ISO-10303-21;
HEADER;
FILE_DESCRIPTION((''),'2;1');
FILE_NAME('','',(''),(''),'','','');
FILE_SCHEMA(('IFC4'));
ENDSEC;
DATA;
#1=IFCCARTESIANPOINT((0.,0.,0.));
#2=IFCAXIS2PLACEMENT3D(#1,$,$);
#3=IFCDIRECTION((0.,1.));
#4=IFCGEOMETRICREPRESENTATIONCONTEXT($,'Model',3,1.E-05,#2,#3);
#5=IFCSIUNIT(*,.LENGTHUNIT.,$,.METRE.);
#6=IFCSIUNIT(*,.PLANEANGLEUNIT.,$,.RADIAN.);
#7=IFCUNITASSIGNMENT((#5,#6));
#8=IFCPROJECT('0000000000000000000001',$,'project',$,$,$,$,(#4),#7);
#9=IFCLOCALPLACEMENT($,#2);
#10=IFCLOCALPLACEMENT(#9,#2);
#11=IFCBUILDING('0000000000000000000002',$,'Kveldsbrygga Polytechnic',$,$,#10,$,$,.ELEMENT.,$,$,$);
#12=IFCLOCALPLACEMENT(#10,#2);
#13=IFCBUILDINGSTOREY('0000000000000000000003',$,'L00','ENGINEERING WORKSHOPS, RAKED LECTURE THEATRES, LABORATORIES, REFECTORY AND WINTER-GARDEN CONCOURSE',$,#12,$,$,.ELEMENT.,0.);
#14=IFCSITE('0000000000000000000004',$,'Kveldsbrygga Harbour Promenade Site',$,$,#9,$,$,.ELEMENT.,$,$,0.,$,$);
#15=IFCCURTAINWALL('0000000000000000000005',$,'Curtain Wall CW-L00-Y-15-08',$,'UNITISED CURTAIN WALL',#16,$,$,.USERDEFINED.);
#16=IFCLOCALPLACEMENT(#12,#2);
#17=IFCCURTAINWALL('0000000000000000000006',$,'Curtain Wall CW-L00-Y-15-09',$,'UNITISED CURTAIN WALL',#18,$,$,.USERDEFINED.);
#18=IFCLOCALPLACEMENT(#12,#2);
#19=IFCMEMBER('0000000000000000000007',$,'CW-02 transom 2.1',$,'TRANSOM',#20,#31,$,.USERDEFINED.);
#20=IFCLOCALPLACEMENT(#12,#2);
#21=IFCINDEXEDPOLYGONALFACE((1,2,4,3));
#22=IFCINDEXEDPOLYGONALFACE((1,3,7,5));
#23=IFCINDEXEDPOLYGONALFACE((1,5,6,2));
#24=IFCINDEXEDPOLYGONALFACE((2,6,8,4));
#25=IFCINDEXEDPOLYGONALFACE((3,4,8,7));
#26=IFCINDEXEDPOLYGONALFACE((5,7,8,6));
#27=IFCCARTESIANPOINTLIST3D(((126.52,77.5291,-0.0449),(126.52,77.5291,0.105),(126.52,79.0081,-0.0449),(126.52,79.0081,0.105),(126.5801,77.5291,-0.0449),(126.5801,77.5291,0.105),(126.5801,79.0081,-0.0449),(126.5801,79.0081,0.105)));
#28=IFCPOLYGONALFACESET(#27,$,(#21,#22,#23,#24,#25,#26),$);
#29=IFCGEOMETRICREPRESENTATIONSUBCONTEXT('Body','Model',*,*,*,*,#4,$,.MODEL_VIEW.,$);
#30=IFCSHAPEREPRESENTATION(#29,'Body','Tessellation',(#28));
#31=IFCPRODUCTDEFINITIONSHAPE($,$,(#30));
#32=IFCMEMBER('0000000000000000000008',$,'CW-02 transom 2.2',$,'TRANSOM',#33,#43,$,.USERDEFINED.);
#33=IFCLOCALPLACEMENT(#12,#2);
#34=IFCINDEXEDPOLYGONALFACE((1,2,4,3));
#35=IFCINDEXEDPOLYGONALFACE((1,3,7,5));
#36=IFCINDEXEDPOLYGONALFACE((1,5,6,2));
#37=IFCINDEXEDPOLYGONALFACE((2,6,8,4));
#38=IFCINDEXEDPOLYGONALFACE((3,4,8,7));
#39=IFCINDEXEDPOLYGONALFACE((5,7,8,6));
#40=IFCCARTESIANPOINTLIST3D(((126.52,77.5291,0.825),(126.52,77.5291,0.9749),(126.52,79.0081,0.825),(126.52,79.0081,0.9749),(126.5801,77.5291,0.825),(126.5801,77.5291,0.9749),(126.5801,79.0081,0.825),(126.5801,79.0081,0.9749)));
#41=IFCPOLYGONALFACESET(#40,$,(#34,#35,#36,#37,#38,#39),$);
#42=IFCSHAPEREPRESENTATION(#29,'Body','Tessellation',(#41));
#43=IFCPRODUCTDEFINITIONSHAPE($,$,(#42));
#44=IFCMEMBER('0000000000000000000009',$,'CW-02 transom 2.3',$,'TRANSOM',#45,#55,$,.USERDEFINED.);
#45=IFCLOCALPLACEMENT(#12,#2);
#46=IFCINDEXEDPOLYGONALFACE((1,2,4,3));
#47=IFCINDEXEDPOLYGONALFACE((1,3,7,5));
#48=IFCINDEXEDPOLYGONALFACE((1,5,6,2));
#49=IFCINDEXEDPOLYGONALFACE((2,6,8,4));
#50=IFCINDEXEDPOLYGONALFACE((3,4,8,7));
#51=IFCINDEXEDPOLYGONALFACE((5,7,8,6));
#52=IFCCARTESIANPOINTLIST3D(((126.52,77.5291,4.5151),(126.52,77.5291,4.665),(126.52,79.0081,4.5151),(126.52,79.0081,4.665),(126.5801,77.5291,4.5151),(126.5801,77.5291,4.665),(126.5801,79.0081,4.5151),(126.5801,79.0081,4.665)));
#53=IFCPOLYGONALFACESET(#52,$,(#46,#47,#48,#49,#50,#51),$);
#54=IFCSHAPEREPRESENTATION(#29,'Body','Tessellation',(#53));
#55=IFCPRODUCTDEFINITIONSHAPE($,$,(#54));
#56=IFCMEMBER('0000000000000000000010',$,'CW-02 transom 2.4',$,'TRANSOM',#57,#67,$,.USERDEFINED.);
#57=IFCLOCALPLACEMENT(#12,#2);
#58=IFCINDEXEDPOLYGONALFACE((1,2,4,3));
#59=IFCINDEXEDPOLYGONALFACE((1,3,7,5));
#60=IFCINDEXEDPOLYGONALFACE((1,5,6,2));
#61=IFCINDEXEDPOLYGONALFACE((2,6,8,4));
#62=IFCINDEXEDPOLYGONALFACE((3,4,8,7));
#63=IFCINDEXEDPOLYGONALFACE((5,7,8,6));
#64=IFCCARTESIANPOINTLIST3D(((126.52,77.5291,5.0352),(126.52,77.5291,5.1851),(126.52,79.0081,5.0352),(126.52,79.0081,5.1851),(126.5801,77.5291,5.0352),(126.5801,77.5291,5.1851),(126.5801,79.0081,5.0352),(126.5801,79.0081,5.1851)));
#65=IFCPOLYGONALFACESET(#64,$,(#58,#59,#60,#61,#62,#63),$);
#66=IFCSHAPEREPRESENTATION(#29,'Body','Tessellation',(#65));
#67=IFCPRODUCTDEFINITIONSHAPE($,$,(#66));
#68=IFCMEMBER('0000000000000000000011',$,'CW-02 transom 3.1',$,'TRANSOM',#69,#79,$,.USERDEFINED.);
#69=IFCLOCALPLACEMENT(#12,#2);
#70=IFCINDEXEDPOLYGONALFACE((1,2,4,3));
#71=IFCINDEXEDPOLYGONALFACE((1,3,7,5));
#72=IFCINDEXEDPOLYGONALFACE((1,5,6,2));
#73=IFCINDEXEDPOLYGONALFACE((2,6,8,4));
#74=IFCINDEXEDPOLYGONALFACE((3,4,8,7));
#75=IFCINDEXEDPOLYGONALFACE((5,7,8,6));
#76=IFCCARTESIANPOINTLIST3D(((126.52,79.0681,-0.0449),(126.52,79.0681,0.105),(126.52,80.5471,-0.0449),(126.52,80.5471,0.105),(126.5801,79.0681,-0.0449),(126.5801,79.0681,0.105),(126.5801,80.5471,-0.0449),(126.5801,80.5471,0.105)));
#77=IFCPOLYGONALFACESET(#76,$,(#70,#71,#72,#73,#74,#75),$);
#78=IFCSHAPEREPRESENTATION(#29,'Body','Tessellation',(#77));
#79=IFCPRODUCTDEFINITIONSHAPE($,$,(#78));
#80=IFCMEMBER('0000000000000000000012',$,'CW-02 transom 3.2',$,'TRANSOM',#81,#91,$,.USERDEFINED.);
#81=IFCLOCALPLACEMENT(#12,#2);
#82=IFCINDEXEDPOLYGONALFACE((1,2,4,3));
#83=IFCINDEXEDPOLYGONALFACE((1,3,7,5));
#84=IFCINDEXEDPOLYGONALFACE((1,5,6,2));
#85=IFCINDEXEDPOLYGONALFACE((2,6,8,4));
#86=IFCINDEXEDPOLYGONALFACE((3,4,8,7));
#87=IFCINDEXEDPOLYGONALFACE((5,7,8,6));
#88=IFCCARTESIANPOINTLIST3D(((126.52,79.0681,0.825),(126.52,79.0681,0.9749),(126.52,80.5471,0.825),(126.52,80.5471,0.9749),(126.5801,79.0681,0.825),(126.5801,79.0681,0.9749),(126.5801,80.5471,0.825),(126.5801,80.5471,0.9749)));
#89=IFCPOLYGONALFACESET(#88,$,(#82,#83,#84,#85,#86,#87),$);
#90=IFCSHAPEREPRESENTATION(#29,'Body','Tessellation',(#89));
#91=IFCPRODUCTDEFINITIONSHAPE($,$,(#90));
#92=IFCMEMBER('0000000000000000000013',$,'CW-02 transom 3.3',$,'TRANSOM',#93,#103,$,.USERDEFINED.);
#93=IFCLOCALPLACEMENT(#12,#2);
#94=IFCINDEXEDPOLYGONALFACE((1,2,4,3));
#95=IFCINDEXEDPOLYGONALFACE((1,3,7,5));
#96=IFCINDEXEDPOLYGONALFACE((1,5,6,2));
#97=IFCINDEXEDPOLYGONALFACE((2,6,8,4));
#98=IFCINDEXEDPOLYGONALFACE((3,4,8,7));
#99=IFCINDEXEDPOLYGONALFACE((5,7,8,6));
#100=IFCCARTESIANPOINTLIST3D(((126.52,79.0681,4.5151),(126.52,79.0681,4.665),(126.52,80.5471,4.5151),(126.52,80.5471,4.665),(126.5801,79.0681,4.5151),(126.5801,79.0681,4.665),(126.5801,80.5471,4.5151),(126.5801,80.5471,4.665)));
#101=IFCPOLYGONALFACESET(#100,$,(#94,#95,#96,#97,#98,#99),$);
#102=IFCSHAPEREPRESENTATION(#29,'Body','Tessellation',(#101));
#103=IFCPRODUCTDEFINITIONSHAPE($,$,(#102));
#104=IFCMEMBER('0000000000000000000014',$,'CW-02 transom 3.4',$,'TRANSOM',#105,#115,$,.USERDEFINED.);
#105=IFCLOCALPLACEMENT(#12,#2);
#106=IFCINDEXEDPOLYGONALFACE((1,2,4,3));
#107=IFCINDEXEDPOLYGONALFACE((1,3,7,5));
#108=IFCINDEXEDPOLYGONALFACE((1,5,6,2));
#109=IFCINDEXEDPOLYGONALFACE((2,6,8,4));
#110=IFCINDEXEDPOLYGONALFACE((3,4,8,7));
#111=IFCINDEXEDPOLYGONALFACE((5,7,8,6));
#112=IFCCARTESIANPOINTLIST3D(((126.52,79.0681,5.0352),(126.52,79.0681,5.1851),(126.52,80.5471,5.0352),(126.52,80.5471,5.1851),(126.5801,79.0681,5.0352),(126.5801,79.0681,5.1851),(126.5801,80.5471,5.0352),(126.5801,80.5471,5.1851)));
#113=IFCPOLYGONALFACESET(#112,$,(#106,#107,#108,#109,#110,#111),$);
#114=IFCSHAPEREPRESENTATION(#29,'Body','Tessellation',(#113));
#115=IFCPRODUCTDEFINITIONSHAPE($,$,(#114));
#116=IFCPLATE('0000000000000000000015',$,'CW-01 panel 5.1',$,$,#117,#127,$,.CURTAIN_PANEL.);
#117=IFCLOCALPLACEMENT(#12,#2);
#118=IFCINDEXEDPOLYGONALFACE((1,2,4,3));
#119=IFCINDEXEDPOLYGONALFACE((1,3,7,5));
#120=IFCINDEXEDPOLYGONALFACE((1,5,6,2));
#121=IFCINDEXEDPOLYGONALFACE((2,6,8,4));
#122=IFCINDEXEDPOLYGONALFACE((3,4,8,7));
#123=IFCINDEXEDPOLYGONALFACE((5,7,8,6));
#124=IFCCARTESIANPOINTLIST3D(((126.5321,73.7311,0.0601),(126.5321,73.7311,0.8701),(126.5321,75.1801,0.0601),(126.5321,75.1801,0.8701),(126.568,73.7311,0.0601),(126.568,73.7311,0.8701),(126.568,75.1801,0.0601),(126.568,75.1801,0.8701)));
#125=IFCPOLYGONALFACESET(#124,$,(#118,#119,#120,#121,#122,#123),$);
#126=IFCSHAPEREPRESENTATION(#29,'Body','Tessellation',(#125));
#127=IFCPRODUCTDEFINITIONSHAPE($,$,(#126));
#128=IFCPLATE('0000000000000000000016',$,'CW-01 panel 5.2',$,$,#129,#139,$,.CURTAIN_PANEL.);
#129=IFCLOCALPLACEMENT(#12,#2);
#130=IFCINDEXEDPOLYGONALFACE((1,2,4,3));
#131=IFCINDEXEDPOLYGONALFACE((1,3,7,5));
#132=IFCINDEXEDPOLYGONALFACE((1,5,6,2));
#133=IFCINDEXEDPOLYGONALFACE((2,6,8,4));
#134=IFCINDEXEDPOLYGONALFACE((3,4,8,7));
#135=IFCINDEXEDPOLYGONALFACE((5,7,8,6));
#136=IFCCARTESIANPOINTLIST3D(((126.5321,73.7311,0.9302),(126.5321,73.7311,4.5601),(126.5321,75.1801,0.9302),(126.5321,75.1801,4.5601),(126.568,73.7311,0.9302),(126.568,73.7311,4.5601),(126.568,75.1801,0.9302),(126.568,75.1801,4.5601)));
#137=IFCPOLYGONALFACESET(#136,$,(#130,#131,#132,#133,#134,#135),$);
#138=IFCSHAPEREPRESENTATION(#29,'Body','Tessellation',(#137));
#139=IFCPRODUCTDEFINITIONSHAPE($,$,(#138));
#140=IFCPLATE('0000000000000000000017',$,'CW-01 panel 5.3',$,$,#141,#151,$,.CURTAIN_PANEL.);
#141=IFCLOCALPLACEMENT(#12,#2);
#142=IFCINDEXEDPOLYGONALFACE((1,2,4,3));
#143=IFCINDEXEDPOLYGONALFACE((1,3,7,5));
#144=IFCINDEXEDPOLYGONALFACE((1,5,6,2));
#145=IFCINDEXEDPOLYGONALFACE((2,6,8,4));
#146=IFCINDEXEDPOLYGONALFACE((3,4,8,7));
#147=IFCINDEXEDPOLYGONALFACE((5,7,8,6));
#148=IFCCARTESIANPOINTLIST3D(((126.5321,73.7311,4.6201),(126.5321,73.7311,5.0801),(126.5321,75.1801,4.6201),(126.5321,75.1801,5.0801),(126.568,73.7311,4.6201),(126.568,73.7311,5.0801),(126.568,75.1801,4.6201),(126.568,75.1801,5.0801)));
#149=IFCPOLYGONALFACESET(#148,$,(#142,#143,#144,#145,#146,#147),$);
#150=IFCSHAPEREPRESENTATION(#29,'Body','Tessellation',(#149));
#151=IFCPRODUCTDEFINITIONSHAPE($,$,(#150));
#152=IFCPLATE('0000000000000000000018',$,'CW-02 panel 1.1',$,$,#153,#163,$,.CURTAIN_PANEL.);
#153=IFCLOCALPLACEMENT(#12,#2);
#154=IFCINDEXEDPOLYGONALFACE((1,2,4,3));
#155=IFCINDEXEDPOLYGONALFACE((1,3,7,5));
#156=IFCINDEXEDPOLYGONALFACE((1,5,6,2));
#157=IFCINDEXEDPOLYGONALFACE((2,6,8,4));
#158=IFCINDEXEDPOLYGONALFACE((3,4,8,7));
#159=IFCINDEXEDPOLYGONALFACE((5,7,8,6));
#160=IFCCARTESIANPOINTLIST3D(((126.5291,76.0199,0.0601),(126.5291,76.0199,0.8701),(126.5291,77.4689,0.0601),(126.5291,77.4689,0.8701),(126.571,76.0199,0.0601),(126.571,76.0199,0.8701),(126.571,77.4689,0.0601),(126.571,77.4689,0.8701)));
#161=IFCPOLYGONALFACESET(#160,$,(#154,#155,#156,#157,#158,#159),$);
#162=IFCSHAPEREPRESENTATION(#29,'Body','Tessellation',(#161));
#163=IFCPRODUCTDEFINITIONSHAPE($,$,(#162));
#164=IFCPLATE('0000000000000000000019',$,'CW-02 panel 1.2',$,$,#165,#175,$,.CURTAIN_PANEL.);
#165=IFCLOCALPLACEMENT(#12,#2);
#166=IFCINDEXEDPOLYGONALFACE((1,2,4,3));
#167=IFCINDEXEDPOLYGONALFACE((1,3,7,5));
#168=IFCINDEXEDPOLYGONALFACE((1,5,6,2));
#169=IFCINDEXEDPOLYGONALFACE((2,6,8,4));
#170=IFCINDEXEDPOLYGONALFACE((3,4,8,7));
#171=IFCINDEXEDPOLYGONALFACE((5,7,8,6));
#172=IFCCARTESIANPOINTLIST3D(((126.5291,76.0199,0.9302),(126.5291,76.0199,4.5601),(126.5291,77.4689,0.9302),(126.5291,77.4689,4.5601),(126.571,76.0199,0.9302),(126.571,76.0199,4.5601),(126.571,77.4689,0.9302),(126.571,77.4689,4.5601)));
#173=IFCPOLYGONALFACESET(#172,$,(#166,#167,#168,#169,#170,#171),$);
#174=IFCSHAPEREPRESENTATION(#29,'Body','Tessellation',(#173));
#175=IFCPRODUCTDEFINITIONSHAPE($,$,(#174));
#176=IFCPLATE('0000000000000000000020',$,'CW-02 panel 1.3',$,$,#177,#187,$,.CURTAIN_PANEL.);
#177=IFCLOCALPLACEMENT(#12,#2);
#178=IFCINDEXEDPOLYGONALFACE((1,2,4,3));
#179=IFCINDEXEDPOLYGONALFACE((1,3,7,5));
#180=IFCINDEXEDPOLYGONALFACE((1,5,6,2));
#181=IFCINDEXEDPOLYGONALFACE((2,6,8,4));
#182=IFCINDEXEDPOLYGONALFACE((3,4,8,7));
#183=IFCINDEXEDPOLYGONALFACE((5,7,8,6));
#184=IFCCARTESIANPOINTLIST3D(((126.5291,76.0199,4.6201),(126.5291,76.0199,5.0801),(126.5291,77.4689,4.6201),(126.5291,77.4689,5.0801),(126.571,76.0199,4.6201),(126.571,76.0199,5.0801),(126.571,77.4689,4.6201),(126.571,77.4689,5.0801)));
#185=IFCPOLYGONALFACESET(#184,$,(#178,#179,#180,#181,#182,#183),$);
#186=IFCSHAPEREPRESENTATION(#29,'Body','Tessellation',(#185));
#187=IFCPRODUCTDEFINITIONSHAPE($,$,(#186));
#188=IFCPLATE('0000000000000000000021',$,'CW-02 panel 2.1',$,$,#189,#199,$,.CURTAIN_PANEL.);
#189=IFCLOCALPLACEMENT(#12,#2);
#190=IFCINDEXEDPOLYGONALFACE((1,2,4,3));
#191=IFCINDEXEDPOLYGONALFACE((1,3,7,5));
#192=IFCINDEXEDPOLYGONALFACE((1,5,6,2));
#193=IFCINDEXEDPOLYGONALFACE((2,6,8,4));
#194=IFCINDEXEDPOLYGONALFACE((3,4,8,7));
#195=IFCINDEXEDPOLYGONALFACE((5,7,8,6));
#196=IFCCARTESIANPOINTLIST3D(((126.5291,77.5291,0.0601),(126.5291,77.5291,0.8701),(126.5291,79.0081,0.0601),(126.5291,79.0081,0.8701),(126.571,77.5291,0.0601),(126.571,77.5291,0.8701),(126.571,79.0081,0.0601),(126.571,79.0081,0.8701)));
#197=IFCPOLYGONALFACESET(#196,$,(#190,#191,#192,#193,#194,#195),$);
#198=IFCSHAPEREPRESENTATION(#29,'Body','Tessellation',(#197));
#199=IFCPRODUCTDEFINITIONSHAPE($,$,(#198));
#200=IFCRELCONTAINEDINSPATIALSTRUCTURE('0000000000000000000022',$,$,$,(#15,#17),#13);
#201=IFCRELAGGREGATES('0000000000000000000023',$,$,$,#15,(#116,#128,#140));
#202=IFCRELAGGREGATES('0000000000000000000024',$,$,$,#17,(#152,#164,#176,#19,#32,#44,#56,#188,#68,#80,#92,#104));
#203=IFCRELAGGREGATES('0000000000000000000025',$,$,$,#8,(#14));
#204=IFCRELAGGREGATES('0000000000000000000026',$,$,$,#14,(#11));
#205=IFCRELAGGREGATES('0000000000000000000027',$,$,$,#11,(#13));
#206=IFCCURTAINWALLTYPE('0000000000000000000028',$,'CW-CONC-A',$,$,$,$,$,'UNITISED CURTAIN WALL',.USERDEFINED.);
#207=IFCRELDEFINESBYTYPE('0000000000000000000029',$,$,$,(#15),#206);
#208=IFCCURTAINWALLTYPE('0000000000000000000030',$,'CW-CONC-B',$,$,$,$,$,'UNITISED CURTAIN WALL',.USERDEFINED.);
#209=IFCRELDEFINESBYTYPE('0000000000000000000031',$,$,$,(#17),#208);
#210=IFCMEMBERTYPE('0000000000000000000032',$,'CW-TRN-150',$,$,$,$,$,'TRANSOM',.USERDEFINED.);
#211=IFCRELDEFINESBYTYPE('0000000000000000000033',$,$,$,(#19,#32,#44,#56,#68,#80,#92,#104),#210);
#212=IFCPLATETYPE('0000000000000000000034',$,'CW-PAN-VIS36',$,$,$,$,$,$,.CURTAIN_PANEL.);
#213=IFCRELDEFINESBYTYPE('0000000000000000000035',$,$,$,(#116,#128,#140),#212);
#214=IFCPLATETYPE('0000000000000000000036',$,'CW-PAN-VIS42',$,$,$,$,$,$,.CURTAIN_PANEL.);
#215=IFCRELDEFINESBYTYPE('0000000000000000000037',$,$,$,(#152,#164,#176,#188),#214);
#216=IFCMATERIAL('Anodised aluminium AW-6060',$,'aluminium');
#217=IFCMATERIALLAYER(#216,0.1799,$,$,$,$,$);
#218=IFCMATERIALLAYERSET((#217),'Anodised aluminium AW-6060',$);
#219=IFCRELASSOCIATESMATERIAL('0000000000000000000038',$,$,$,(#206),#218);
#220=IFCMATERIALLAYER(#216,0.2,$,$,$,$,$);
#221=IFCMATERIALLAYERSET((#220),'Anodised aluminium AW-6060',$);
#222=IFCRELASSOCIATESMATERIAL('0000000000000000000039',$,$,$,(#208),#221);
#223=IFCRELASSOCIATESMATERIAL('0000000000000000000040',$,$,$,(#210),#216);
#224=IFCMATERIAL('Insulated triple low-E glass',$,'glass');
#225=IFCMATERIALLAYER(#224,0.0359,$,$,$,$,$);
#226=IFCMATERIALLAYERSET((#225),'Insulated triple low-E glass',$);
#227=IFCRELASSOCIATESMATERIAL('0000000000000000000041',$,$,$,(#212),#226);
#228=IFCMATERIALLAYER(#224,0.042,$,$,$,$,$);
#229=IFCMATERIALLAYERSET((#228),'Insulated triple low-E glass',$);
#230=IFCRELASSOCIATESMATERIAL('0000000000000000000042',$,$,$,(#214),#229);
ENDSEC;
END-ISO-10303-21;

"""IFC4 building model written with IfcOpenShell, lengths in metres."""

from ifc_helpers import new_model, si_unit, direction, frame, origin, origin_2d, place, context, subcontext, project, spatial, rectangle, extrude, material, layer, layer_set, material_profile, profile_set, type_object, element, aggregate, save


model = new_model("IFC4")

# Units and contexts
model_context = context("Model", 3, precision=1e-05, world=origin(), true_north=direction((0.0, 1.0)))
body_context = subcontext(model_context, "Body", "Model", "MODEL_VIEW")
ifc_project = project(units=[si_unit("LENGTHUNIT", "METRE"), si_unit("PLANEANGLEUNIT", "RADIAN")], contexts=[model_context])

# Site, building, storey
site_placement = place(None, origin())
site = spatial("IfcSite", under=ifc_project, at=site_placement, Name="Kveldsbrygga Harbour Promenade Site", CompositionType="ELEMENT", RefElevation=0.0)
building_placement = place(site_placement, origin())
building = spatial("IfcBuilding", under=site, at=building_placement, Name="Kveldsbrygga Polytechnic", CompositionType="ELEMENT")
storey_placement = place(building_placement, origin())
storey = spatial("IfcBuildingStorey", under=building, at=storey_placement, Name="L00", Description="ENGINEERING WORKSHOPS, RAKED LECTURE THEATRES, LABORATORIES, REFECTORY AND WINTER-GARDEN CONCOURSE", CompositionType="ELEMENT", Elevation=0.0)

# Curtain wall
ifc_material_1 = material(Name="Anodised aluminium AW-6060", Category="aluminium")
ifc_layer_1 = layer(ifc_material_1, 0.1799)
ifc_layer_set_1 = layer_set([ifc_layer_1], Name="Anodised aluminium AW-6060")
curtain_wall_type_1 = type_object("IfcCurtainWallType", Name="CW-CONC-A", ElementType="UNITISED CURTAIN WALL", PredefinedType="USERDEFINED", material=ifc_layer_set_1)
curtain_wall_1_placement = place(storey_placement, origin())
curtain_wall_1 = element("IfcCurtainWall", 1, at=curtain_wall_1_placement, inside=storey, type_object=curtain_wall_type_1, Name="Curtain Wall CW-L00-Y-15-08", ObjectType="UNITISED CURTAIN WALL", PredefinedType="USERDEFINED")

# Curtain wall
ifc_layer_2 = layer(ifc_material_1, 0.2)
ifc_layer_set_2 = layer_set([ifc_layer_2], Name="Anodised aluminium AW-6060")
curtain_wall_type_2 = type_object("IfcCurtainWallType", Name="CW-CONC-B", ElementType="UNITISED CURTAIN WALL", PredefinedType="USERDEFINED", material=ifc_layer_set_2)
curtain_wall_2_placement = place(storey_placement, origin())
curtain_wall_2 = element("IfcCurtainWall", 2, at=curtain_wall_2_placement, inside=storey, type_object=curtain_wall_type_2, Name="Curtain Wall CW-L00-Y-15-09", ObjectType="UNITISED CURTAIN WALL", PredefinedType="USERDEFINED")

# Members
ifc_material_profile_1 = material_profile(ifc_material_1, rectangle(XDim=0.0601, YDim=0.1499, at=origin_2d()), Name="ALU 60x150")
ifc_profile_set_1 = profile_set([ifc_material_profile_1], Name="Anodised aluminium AW-6060")
member_type_1 = type_object("IfcMemberType", Name="CW-TRN-150", ElementType="TRANSOM", PredefinedType="USERDEFINED", material=ifc_profile_set_1)
member_1_placement = place(storey_placement, frame((126.55, 77.5291, 0.03), z_axis=(0.0, 1.0, 0.0), x_axis=(-1.0, 0.0, 0.0)))
member_1 = element("IfcMember", 3, at=member_1_placement, type_object=member_type_1, Name="CW-02 transom 2.1", ObjectType="TRANSOM", PredefinedType="USERDEFINED", context=body_context, shape_type="SweptSolid", body=[
    extrude(rectangle(XDim=0.0601, YDim=0.1499, at=origin_2d()), origin(), (0.0, 0.0, 1.0), 1.479),
])
member_2_placement = place(storey_placement, frame((126.55, 77.5291, 0.8999), z_axis=(0.0, 1.0, 0.0), x_axis=(-1.0, 0.0, 0.0)))
member_2 = element("IfcMember", 4, at=member_2_placement, type_object=member_type_1, Name="CW-02 transom 2.2", ObjectType="TRANSOM", PredefinedType="USERDEFINED", context=body_context, shape_type="SweptSolid", body=[
    extrude(rectangle(XDim=0.0601, YDim=0.1499, at=origin_2d()), origin(), (0.0, 0.0, 1.0), 1.479),
])
member_3_placement = place(storey_placement, frame((126.55, 77.5291, 4.5901), z_axis=(0.0, 1.0, 0.0), x_axis=(-1.0, 0.0, 0.0)))
member_3 = element("IfcMember", 5, at=member_3_placement, type_object=member_type_1, Name="CW-02 transom 2.3", ObjectType="TRANSOM", PredefinedType="USERDEFINED", context=body_context, shape_type="SweptSolid", body=[
    extrude(rectangle(XDim=0.0601, YDim=0.1499, at=origin_2d()), origin(), (0.0, 0.0, 1.0), 1.479),
])
member_4_placement = place(storey_placement, frame((126.55, 77.5291, 5.1101), z_axis=(0.0, 1.0, 0.0), x_axis=(-1.0, 0.0, 0.0)))
member_4 = element("IfcMember", 6, at=member_4_placement, type_object=member_type_1, Name="CW-02 transom 2.4", ObjectType="TRANSOM", PredefinedType="USERDEFINED", context=body_context, shape_type="SweptSolid", body=[
    extrude(rectangle(XDim=0.0601, YDim=0.1499, at=origin_2d()), origin(), (0.0, 0.0, 1.0), 1.479),
])
member_5_placement = place(storey_placement, frame((126.55, 79.0681, 0.03), z_axis=(0.0, 1.0, 0.0), x_axis=(-1.0, 0.0, 0.0)))
member_5 = element("IfcMember", 7, at=member_5_placement, type_object=member_type_1, Name="CW-02 transom 3.1", ObjectType="TRANSOM", PredefinedType="USERDEFINED", context=body_context, shape_type="SweptSolid", body=[
    extrude(rectangle(XDim=0.0601, YDim=0.1499, at=origin_2d()), origin(), (0.0, 0.0, 1.0), 1.479),
])
member_6_placement = place(storey_placement, frame((126.55, 79.0681, 0.8999), z_axis=(0.0, 1.0, 0.0), x_axis=(-1.0, 0.0, 0.0)))
member_6 = element("IfcMember", 8, at=member_6_placement, type_object=member_type_1, Name="CW-02 transom 3.2", ObjectType="TRANSOM", PredefinedType="USERDEFINED", context=body_context, shape_type="SweptSolid", body=[
    extrude(rectangle(XDim=0.0601, YDim=0.1499, at=origin_2d()), origin(), (0.0, 0.0, 1.0), 1.479),
])
member_7_placement = place(storey_placement, frame((126.55, 79.0681, 4.5901), z_axis=(0.0, 1.0, 0.0), x_axis=(-1.0, 0.0, 0.0)))
member_7 = element("IfcMember", 9, at=member_7_placement, type_object=member_type_1, Name="CW-02 transom 3.3", ObjectType="TRANSOM", PredefinedType="USERDEFINED", context=body_context, shape_type="SweptSolid", body=[
    extrude(rectangle(XDim=0.0601, YDim=0.1499, at=origin_2d()), origin(), (0.0, 0.0, 1.0), 1.479),
])
member_8_placement = place(storey_placement, frame((126.55, 79.0681, 5.1101), z_axis=(0.0, 1.0, 0.0), x_axis=(-1.0, 0.0, 0.0)))
member_8 = element("IfcMember", 10, at=member_8_placement, type_object=member_type_1, Name="CW-02 transom 3.4", ObjectType="TRANSOM", PredefinedType="USERDEFINED", context=body_context, shape_type="SweptSolid", body=[
    extrude(rectangle(XDim=0.0601, YDim=0.1499, at=origin_2d()), origin(), (0.0, 0.0, 1.0), 1.479),
])

# Plates
ifc_material_2 = material(Name="Insulated triple low-E glass", Category="glass")
ifc_layer_3 = layer(ifc_material_2, 0.0359)
ifc_layer_set_3 = layer_set([ifc_layer_3], Name="Insulated triple low-E glass")
plate_type_1 = type_object("IfcPlateType", Name="CW-PAN-VIS36", PredefinedType="CURTAIN_PANEL", material=ifc_layer_set_3)
plate_1_placement = place(storey_placement, frame((126.55, 74.4556, 0.0601), z_axis=(0.0, 0.0, 1.0), x_axis=(0.0, 1.0, 0.0)))
plate_1 = element("IfcPlate", 11, at=plate_1_placement, type_object=plate_type_1, Name="CW-01 panel 5.1", PredefinedType="CURTAIN_PANEL", context=body_context, shape_type="SweptSolid", body=[
    extrude(rectangle(XDim=1.449, YDim=0.0359, at=origin_2d()), origin(), (0.0, 0.0, 1.0), 0.8101),
])
plate_2_placement = place(storey_placement, frame((126.55, 74.4556, 0.9302), z_axis=(0.0, 0.0, 1.0), x_axis=(0.0, 1.0, 0.0)))
plate_2 = element("IfcPlate", 12, at=plate_2_placement, type_object=plate_type_1, Name="CW-01 panel 5.2", PredefinedType="CURTAIN_PANEL", context=body_context, shape_type="SweptSolid", body=[
    extrude(rectangle(XDim=1.449, YDim=0.0359, at=origin_2d()), origin(), (0.0, 0.0, 1.0), 3.6299),
])
plate_3_placement = place(storey_placement, frame((126.55, 74.4556, 4.6201), z_axis=(0.0, 0.0, 1.0), x_axis=(0.0, 1.0, 0.0)))
plate_3 = element("IfcPlate", 13, at=plate_3_placement, type_object=plate_type_1, Name="CW-01 panel 5.3", PredefinedType="CURTAIN_PANEL", context=body_context, shape_type="SweptSolid", body=[
    extrude(rectangle(XDim=1.449, YDim=0.0359, at=origin_2d()), origin(), (0.0, 0.0, 1.0), 0.46),
])
aggregate(curtain_wall_1, [plate_1, plate_2, plate_3])
ifc_layer_4 = layer(ifc_material_2, 0.042)
ifc_layer_set_4 = layer_set([ifc_layer_4], Name="Insulated triple low-E glass")
plate_type_2 = type_object("IfcPlateType", Name="CW-PAN-VIS42", PredefinedType="CURTAIN_PANEL", material=ifc_layer_set_4)
plate_4_placement = place(storey_placement, frame((126.55, 76.7444, 0.0601), z_axis=(0.0, 0.0, 1.0), x_axis=(0.0, 1.0, 0.0)))
plate_4 = element("IfcPlate", 14, at=plate_4_placement, type_object=plate_type_2, Name="CW-02 panel 1.1", PredefinedType="CURTAIN_PANEL", context=body_context, shape_type="SweptSolid", body=[
    extrude(rectangle(XDim=1.449, YDim=0.042, at=origin_2d()), origin(), (0.0, 0.0, 1.0), 0.8101),
])
plate_5_placement = place(storey_placement, frame((126.55, 76.7444, 0.9302), z_axis=(0.0, 0.0, 1.0), x_axis=(0.0, 1.0, 0.0)))
plate_5 = element("IfcPlate", 15, at=plate_5_placement, type_object=plate_type_2, Name="CW-02 panel 1.2", PredefinedType="CURTAIN_PANEL", context=body_context, shape_type="SweptSolid", body=[
    extrude(rectangle(XDim=1.449, YDim=0.042, at=origin_2d()), origin(), (0.0, 0.0, 1.0), 3.6299),
])
plate_6_placement = place(storey_placement, frame((126.55, 76.7444, 4.6201), z_axis=(0.0, 0.0, 1.0), x_axis=(0.0, 1.0, 0.0)))
plate_6 = element("IfcPlate", 16, at=plate_6_placement, type_object=plate_type_2, Name="CW-02 panel 1.3", PredefinedType="CURTAIN_PANEL", context=body_context, shape_type="SweptSolid", body=[
    extrude(rectangle(XDim=1.449, YDim=0.042, at=origin_2d()), origin(), (0.0, 0.0, 1.0), 0.46),
])
plate_7_placement = place(storey_placement, frame((126.55, 78.2686, 0.0601), z_axis=(0.0, 0.0, 1.0), x_axis=(0.0, 1.0, 0.0)))
plate_7 = element("IfcPlate", 17, at=plate_7_placement, type_object=plate_type_2, Name="CW-02 panel 2.1", PredefinedType="CURTAIN_PANEL", context=body_context, shape_type="SweptSolid", body=[
    extrude(rectangle(XDim=1.479, YDim=0.042, at=origin_2d()), origin(), (0.0, 0.0, 1.0), 0.8101),
])
aggregate(curtain_wall_2, [plate_4, plate_5, plate_6, member_1, member_2, member_3, member_4, plate_7, member_5, member_6, member_7, member_8])

save(model, "model.ifc")
